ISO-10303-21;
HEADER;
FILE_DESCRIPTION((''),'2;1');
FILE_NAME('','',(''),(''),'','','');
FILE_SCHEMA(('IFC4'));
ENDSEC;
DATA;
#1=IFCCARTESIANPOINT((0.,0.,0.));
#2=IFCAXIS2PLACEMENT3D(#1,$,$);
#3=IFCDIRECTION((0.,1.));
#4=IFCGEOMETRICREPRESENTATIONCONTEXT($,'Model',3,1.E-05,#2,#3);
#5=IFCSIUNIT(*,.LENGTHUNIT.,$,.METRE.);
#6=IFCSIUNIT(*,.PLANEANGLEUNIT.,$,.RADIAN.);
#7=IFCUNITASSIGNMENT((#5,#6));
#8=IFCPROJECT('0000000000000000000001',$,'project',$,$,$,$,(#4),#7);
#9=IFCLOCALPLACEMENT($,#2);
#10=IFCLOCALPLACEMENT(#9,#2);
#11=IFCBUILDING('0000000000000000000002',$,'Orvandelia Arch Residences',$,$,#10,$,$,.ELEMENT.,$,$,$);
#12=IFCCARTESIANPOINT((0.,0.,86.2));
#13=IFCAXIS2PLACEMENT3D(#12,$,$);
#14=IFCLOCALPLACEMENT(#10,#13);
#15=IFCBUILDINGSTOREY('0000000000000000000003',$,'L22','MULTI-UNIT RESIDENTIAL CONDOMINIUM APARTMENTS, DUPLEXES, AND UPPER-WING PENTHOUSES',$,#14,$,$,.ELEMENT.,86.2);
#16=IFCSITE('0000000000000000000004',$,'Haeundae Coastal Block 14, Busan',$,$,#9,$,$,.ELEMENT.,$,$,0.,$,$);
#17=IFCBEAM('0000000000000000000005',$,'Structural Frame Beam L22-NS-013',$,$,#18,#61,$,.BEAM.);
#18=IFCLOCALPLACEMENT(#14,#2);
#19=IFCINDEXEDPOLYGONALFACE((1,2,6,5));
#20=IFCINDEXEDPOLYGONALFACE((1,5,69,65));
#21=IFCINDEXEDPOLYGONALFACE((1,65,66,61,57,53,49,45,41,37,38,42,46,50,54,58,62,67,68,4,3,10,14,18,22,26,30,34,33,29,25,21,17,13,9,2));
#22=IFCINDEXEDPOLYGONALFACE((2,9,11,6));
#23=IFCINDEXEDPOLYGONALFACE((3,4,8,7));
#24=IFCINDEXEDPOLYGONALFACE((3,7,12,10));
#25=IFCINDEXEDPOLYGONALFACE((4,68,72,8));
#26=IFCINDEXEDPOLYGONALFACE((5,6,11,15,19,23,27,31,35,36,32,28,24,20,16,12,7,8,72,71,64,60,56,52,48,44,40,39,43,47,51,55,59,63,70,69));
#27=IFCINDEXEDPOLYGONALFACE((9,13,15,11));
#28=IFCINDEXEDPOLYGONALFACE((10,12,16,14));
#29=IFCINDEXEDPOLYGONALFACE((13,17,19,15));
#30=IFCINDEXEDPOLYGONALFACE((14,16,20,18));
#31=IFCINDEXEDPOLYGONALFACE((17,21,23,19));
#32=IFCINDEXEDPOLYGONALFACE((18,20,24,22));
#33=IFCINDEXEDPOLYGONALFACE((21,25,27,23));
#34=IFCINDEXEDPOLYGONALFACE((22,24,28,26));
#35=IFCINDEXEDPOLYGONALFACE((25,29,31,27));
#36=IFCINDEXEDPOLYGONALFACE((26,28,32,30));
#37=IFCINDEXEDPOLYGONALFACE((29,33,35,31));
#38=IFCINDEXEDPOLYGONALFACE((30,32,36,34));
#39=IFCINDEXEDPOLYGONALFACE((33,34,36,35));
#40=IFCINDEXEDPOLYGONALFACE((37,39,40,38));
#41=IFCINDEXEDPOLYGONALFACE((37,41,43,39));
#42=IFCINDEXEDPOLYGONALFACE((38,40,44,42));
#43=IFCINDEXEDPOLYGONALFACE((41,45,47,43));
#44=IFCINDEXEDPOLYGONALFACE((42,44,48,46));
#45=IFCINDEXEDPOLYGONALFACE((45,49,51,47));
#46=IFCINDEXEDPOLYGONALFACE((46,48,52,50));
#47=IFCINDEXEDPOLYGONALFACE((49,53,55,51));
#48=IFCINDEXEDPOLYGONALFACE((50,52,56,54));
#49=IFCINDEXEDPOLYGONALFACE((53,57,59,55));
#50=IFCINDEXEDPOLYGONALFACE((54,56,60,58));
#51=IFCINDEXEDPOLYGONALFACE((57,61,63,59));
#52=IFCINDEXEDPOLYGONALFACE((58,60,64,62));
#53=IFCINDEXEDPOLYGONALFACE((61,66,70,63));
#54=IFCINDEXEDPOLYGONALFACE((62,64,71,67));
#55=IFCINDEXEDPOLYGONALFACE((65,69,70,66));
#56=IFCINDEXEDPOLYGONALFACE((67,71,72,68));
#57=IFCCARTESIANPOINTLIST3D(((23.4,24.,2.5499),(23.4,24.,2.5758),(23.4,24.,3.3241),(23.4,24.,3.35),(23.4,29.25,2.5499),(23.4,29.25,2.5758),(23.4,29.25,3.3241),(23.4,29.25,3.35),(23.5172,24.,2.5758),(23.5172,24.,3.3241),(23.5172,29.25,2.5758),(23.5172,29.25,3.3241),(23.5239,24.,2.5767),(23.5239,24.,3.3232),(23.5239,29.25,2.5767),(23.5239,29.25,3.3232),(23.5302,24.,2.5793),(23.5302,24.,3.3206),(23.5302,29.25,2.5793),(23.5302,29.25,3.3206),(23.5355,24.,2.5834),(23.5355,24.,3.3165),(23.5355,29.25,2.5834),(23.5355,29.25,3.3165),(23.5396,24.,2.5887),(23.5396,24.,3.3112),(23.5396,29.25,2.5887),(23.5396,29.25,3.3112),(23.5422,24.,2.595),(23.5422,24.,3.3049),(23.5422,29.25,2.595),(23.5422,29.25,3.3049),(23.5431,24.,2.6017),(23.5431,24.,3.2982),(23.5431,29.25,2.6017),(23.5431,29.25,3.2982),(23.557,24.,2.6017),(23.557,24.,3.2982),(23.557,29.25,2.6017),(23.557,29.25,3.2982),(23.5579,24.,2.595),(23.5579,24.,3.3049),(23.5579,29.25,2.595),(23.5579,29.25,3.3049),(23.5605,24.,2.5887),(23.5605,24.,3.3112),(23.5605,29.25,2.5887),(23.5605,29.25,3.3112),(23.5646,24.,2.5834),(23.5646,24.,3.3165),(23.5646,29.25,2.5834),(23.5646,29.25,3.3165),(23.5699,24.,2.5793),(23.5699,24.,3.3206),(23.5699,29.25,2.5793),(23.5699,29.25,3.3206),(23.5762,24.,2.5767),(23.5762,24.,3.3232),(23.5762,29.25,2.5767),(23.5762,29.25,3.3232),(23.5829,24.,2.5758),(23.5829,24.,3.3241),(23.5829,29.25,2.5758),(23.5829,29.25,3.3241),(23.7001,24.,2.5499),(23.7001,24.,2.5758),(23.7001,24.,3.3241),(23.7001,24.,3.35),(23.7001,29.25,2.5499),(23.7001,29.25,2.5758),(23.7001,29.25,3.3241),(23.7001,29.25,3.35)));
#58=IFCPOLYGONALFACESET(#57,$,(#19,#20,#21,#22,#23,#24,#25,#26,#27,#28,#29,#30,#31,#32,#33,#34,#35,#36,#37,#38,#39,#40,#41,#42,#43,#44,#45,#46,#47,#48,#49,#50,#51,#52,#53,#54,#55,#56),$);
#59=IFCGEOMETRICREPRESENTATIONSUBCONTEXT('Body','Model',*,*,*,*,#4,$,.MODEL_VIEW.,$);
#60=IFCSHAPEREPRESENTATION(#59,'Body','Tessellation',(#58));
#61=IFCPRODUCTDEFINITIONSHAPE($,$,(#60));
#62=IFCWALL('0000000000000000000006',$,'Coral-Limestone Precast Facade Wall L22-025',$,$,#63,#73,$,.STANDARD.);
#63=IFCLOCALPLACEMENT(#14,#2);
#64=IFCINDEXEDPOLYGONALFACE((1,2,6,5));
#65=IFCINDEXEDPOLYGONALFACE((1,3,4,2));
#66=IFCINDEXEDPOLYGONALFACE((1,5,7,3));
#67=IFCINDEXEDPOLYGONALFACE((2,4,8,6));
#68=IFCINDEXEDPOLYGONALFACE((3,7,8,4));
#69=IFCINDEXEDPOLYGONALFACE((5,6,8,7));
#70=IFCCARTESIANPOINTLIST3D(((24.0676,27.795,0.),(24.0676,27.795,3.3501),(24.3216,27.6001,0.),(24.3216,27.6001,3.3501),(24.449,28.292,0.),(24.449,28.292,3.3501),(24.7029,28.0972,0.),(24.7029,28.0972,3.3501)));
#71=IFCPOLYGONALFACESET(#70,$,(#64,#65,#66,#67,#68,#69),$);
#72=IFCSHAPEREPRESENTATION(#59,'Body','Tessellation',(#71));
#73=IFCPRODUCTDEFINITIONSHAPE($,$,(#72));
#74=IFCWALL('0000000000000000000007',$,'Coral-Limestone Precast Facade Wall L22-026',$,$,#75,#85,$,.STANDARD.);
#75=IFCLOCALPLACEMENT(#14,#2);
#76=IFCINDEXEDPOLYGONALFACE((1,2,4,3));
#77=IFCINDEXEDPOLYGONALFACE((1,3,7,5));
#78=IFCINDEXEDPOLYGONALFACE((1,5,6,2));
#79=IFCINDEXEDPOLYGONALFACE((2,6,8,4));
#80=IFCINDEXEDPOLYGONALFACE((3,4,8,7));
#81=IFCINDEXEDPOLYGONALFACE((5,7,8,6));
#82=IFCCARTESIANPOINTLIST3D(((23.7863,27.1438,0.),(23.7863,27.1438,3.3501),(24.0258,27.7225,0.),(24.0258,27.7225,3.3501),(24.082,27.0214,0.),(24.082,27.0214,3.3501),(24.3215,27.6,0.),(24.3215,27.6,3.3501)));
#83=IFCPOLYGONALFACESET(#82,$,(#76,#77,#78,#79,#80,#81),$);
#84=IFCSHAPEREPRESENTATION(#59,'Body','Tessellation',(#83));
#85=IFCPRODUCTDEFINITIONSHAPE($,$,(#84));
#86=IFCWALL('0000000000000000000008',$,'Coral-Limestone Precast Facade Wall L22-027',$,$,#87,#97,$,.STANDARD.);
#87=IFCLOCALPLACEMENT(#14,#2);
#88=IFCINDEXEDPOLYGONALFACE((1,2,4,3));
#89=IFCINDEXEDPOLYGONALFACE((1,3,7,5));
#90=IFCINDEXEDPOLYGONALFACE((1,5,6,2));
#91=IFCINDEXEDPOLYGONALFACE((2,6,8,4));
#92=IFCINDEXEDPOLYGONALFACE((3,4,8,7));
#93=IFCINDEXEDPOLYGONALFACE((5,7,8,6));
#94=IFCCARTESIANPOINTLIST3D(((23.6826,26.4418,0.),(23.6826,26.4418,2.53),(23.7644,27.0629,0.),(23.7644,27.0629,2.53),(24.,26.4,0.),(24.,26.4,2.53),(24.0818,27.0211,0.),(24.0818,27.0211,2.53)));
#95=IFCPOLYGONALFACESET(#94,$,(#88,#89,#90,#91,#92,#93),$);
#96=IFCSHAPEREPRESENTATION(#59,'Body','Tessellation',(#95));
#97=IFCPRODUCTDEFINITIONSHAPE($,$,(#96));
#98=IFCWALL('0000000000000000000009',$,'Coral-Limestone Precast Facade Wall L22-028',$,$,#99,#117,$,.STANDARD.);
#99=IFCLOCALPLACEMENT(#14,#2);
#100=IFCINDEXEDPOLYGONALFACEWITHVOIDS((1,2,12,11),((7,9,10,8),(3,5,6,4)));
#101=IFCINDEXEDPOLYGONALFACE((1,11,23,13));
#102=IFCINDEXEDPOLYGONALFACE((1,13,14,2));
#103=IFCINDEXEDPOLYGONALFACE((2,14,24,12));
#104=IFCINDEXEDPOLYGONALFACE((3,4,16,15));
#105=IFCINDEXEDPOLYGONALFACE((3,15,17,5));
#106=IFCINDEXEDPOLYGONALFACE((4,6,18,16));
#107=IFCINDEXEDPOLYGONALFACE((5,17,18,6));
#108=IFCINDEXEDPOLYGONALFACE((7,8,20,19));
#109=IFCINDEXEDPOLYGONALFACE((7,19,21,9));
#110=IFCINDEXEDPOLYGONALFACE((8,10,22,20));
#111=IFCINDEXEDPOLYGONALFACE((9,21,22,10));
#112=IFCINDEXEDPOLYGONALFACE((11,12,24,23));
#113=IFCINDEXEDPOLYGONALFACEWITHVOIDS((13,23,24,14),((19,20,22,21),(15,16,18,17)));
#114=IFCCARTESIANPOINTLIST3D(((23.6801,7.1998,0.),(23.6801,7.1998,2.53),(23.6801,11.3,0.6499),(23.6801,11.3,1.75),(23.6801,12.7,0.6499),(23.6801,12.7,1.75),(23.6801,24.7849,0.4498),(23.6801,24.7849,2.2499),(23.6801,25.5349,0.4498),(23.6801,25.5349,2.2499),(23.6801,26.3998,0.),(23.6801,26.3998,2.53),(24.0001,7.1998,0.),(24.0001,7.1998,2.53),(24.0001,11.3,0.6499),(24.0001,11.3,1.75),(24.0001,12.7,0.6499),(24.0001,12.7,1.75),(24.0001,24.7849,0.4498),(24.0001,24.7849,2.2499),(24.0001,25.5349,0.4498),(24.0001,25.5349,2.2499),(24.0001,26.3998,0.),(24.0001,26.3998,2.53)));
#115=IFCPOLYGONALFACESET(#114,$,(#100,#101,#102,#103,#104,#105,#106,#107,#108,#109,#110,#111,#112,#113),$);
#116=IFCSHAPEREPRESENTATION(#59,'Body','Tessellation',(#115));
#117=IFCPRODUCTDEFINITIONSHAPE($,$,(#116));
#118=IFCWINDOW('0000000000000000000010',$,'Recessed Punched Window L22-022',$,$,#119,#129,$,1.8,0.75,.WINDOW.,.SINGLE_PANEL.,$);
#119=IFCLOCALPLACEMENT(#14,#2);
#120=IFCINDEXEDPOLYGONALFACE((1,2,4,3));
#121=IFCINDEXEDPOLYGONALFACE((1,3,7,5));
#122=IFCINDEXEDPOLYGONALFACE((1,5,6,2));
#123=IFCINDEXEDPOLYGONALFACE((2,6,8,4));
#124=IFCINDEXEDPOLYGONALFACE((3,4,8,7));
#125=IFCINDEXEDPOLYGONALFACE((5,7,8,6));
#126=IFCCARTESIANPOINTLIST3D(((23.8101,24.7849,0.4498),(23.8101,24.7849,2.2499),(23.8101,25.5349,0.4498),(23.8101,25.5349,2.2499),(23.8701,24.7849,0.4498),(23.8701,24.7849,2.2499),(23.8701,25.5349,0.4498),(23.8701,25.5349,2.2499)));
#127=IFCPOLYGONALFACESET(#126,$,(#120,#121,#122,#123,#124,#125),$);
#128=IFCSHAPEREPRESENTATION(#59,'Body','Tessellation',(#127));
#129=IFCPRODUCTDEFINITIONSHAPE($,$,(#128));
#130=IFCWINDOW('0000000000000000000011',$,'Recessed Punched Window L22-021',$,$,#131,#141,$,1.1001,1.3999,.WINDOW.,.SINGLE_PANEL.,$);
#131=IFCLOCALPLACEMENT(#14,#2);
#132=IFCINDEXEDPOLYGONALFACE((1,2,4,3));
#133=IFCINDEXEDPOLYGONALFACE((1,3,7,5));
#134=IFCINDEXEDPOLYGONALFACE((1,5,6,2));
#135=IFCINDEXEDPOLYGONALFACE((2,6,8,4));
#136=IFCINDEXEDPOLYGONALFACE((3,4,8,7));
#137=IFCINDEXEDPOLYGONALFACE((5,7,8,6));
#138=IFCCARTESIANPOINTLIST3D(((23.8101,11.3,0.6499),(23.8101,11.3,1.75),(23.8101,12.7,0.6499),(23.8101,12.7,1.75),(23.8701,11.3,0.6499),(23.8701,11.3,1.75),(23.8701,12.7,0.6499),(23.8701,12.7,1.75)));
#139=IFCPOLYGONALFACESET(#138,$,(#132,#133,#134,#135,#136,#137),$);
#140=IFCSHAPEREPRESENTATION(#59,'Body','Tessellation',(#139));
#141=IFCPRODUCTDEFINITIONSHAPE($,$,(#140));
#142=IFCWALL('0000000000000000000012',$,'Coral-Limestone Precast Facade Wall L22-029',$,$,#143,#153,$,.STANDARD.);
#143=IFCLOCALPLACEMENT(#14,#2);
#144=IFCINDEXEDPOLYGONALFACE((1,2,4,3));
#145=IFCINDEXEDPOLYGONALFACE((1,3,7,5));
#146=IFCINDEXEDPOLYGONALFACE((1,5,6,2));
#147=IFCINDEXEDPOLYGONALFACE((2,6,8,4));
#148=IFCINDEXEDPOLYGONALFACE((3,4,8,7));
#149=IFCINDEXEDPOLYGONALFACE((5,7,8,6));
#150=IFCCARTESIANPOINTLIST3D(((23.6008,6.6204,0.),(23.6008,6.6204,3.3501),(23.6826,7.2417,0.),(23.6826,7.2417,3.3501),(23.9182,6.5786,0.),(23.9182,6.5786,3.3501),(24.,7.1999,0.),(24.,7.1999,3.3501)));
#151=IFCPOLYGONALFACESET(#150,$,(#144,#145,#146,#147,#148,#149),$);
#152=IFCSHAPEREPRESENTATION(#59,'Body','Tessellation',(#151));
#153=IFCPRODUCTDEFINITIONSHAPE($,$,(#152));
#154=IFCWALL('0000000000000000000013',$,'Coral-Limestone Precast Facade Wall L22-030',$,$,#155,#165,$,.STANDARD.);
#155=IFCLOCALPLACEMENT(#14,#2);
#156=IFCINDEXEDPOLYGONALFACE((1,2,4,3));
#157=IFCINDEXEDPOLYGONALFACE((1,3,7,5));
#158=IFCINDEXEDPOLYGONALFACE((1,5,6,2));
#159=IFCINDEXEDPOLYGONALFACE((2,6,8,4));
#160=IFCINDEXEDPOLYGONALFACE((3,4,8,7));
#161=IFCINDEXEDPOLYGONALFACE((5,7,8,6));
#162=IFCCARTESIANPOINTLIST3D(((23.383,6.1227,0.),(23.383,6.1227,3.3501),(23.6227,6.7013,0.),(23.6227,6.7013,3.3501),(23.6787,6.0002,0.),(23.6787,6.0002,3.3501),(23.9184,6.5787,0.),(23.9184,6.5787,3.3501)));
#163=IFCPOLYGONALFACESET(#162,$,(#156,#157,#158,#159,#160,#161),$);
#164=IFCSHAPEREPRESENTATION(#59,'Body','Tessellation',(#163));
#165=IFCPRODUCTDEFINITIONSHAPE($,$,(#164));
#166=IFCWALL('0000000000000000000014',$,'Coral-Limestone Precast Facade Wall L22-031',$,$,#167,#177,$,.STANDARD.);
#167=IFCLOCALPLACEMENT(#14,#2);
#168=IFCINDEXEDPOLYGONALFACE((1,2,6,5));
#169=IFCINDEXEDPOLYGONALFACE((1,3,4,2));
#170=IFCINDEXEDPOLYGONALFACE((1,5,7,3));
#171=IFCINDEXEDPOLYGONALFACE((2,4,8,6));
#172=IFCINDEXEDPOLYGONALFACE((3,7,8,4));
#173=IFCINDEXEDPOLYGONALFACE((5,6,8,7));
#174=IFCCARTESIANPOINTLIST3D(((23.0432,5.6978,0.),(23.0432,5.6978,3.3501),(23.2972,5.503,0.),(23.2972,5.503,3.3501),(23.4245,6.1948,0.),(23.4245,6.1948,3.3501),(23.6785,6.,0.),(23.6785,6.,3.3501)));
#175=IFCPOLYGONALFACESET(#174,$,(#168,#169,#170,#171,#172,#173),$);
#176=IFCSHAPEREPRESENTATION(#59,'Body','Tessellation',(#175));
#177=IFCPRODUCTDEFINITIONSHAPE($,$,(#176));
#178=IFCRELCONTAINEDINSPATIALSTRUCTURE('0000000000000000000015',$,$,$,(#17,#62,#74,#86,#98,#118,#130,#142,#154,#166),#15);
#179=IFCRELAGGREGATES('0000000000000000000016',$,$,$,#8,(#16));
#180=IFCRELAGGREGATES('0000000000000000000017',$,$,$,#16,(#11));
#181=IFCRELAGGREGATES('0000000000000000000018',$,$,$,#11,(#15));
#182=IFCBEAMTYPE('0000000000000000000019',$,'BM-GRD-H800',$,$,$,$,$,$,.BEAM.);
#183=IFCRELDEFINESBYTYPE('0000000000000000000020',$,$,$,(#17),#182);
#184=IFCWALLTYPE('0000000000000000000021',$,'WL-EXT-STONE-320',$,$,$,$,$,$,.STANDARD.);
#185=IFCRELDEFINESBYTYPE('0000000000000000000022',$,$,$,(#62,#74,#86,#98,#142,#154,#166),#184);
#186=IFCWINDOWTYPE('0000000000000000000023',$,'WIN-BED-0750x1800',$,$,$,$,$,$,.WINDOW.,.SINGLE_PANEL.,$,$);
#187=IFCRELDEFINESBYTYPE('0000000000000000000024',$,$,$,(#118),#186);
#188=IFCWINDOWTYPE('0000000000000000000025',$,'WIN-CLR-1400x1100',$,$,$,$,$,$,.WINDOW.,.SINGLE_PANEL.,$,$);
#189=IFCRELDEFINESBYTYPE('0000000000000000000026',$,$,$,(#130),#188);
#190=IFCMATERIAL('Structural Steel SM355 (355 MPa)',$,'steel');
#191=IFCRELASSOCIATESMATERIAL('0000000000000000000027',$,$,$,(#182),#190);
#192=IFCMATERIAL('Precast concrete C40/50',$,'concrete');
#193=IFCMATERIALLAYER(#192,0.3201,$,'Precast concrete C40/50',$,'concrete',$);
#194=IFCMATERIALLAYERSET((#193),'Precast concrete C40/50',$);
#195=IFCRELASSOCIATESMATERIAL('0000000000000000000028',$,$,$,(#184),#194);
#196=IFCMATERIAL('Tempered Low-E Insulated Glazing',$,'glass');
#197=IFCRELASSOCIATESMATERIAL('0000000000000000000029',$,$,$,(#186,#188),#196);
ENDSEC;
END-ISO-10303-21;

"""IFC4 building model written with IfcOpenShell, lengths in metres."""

from ifc_helpers import new_model, si_unit, direction, frame, frame_2d, origin, origin_2d, place, context, subcontext, project, spatial, rectangle, i_section, extrude, material, layer, layer_set, material_profile, profile_set, type_object, element, fill, save


model = new_model("IFC4")

# Units and contexts
model_context = context("Model", 3, precision=1e-05, world=origin(), true_north=direction((0.0, 1.0)))
body_context = subcontext(model_context, "Body", "Model", "MODEL_VIEW")
ifc_project = project(units=[si_unit("LENGTHUNIT", "METRE"), si_unit("PLANEANGLEUNIT", "RADIAN")], contexts=[model_context])

# Site, building, storey
site_placement = place(None, origin())
site = spatial("IfcSite", under=ifc_project, at=site_placement, Name="Haeundae Coastal Block 14, Busan", CompositionType="ELEMENT", RefElevation=0.0)
building_placement = place(site_placement, origin())
building = spatial("IfcBuilding", under=site, at=building_placement, Name="Orvandelia Arch Residences", CompositionType="ELEMENT")
storey_placement = place(building_placement, frame((0.0, 0.0, 86.2)))
storey = spatial("IfcBuildingStorey", under=building, at=storey_placement, Name="L22", Description="MULTI-UNIT RESIDENTIAL CONDOMINIUM APARTMENTS, DUPLEXES, AND UPPER-WING PENTHOUSES", CompositionType="ELEMENT", Elevation=86.2)

# Beam
ifc_material_1 = material(Name="Structural Steel SM355 (355 MPa)", Category="steel")
ifc_material_profile_1 = material_profile(ifc_material_1, i_section(OverallWidth=0.3, OverallDepth=0.8, WebThickness=0.0139, FlangeThickness=0.0259, FilletRadius=0.0259, at=origin_2d()), Name="Structural Steel SM355 (355 MPa)", Category="steel")
ifc_profile_set_1 = profile_set([ifc_material_profile_1], Name="Structural Steel SM355 (355 MPa)")
beam_type = type_object("IfcBeamType", Name="BM-GRD-H800", PredefinedType="BEAM", material=ifc_profile_set_1)
beam_1_placement = place(storey_placement, frame((23.55, 24.0, 2.95), z_axis=(0.0, 1.0, 0.0), x_axis=(-1.0, 0.0, 0.0)))
element("IfcBeam", 1, at=beam_1_placement, inside=storey, type_object=beam_type, Name="Structural Frame Beam L22-NS-013", PredefinedType="BEAM", context=body_context, shape_type="SweptSolid", body=[
    extrude(i_section(OverallWidth=0.3, OverallDepth=0.8, WebThickness=0.0139, FlangeThickness=0.0259, FilletRadius=0.0259, at=origin_2d()), origin(), (0.0, 0.0, 1.0), 5.25),
])

# Walls
ifc_material_2 = material(Name="Precast concrete C40/50", Category="concrete")
ifc_layer = layer(ifc_material_2, 0.3201, Name="Precast concrete C40/50", Category="concrete")
ifc_layer_set = layer_set([ifc_layer], Name="Precast concrete C40/50")
wall_type = type_object("IfcWallType", Name="WL-EXT-STONE-320", PredefinedType="STANDARD", material=ifc_layer_set)
wall_1_placement = place(storey_placement, frame((24.5759, 28.1946, 0.0), z_axis=(0.0, 0.0, 1.0), x_axis=(-0.608693, -0.793406, 0.0)))
element("IfcWall", 2, at=wall_1_placement, inside=storey, type_object=wall_type, Name="Coral-Limestone Precast Facade Wall L22-025", PredefinedType="STANDARD", context=body_context, shape_type="SweptSolid", body=[
    extrude(rectangle(XDim=0.6265, YDim=0.3201, at=frame_2d((0.3132, 0.0))), origin(), (0.0, 0.0, 1.0), 3.3501),
])
wall_2_placement = place(storey_placement, frame((24.1736, 27.6611, 0.0), z_axis=(0.0, 0.0, 1.0), x_axis=(-0.382455, -0.923974, 0.0)))
element("IfcWall", 3, at=wall_2_placement, inside=storey, type_object=wall_type, Name="Coral-Limestone Precast Facade Wall L22-026", PredefinedType="STANDARD", context=body_context, shape_type="SweptSolid", body=[
    extrude(rectangle(XDim=0.6262, YDim=0.3201, at=frame_2d((0.313, 0.0))), origin(), (0.0, 0.0, 1.0), 3.3501),
])
wall_3_placement = place(storey_placement, frame((23.9231, 27.042, 0.0), z_axis=(0.0, 0.0, 1.0), x_axis=(-0.130555, -0.991441, 0.0)))
element("IfcWall", 4, at=wall_3_placement, inside=storey, type_object=wall_type, Name="Coral-Limestone Precast Facade Wall L22-027", PredefinedType="STANDARD", context=body_context, shape_type="SweptSolid", body=[
    extrude(rectangle(XDim=0.6265, YDim=0.3201, at=frame_2d((0.3132, 0.0))), origin(), (0.0, 0.0, 1.0), 2.53),
])

# Wall, openings, windows
wall_4_placement = place(storey_placement, frame((23.8401, 26.3999, 0.0), z_axis=(0.0, 0.0, 1.0), x_axis=(0.0, -1.0, 0.0)))
wall_4 = element("IfcWall", 5, at=wall_4_placement, inside=storey, type_object=wall_type, Name="Coral-Limestone Precast Facade Wall L22-028", PredefinedType="STANDARD", context=body_context, shape_type="SweptSolid", body=[
    extrude(rectangle(XDim=19.2, YDim=0.3201, at=frame_2d((9.6001, 0.0))), origin(), (0.0, 0.0, 1.0), 2.53),
])
opening_1_placement = place(wall_4_placement, frame((13.7, 0.0, 0.6499)))
opening_1 = element("IfcOpeningElement", 6, at=opening_1_placement, cuts=wall_4, PredefinedType="OPENING", context=body_context, shape_type="SweptSolid", body=[
    extrude(rectangle(XDim=1.3999, YDim=1.1001, at=frame_2d((0.7, 0.55))), frame((0.0, 0.1699, 0.0), z_axis=(0.0, -1.0, 0.0), x_axis=(1.0, 0.0, 0.0)), (0.0, 0.0, 1.0), 0.3401),
])
opening_2_placement = place(wall_4_placement, frame((0.865, 0.0, 0.45)))
opening_2 = element("IfcOpeningElement", 7, at=opening_2_placement, cuts=wall_4, PredefinedType="OPENING", context=body_context, shape_type="SweptSolid", body=[
    extrude(rectangle(XDim=0.75, YDim=1.8, at=frame_2d((0.375, 0.8999))), frame((0.0, 0.1699, 0.0), z_axis=(0.0, -1.0, 0.0), x_axis=(1.0, 0.0, 0.0)), (0.0, 0.0, 1.0), 0.3401),
])
ifc_material_3 = material(Name="Tempered Low-E Insulated Glazing", Category="glass")
window_type_1 = type_object("IfcWindowType", Name="WIN-BED-0750x1800", PartitioningType="SINGLE_PANEL", PredefinedType="WINDOW", material=ifc_material_3)
window_1_placement = place(opening_2_placement, origin())
window_1 = element("IfcWindow", 8, at=window_1_placement, inside=storey, type_object=window_type_1, Name="Recessed Punched Window L22-022", OverallHeight=1.8, OverallWidth=0.75, PartitioningType="SINGLE_PANEL", PredefinedType="WINDOW", context=body_context, shape_type="SweptSolid", body=[
    extrude(rectangle(XDim=0.75, YDim=1.8, at=frame_2d((0.375, 0.8999))), frame((0.0, 0.03, 0.0), z_axis=(0.0, -1.0, 0.0), x_axis=(1.0, 0.0, 0.0)), (0.0, 0.0, 1.0), 0.0601),
])
fill(opening_2, window_1)
window_type_2 = type_object("IfcWindowType", Name="WIN-CLR-1400x1100", PartitioningType="SINGLE_PANEL", PredefinedType="WINDOW", material=ifc_material_3)
window_2_placement = place(opening_1_placement, origin())
window_2 = element("IfcWindow", 9, at=window_2_placement, inside=storey, type_object=window_type_2, Name="Recessed Punched Window L22-021", OverallHeight=1.1001, OverallWidth=1.3999, PartitioningType="SINGLE_PANEL", PredefinedType="WINDOW", context=body_context, shape_type="SweptSolid", body=[
    extrude(rectangle(XDim=1.3999, YDim=1.1001, at=frame_2d((0.7, 0.55))), frame((0.0, 0.03, 0.0), z_axis=(0.0, -1.0, 0.0), x_axis=(1.0, 0.0, 0.0)), (0.0, 0.0, 1.0), 0.0601),
])
fill(opening_1, window_2)

# Walls
wall_5_placement = place(storey_placement, frame((23.8413, 7.2209, 0.0), z_axis=(0.0, 0.0, 1.0), x_axis=(-0.130505, -0.991448, 0.0)))
element("IfcWall", 10, at=wall_5_placement, inside=storey, type_object=wall_type, Name="Coral-Limestone Precast Facade Wall L22-029", PredefinedType="STANDARD", context=body_context, shape_type="SweptSolid", body=[
    extrude(rectangle(XDim=0.6267, YDim=0.3201, at=frame_2d((0.3135, 0.0))), origin(), (0.0, 0.0, 1.0), 3.3501),
])
wall_6_placement = place(storey_placement, frame((23.7705, 6.6399, 0.0), z_axis=(0.0, 0.0, 1.0), x_axis=(-0.382788, -0.923836, 0.0)))
element("IfcWall", 11, at=wall_6_placement, inside=storey, type_object=wall_type, Name="Coral-Limestone Precast Facade Wall L22-030", PredefinedType="STANDARD", context=body_context, shape_type="SweptSolid", body=[
    extrude(rectangle(XDim=0.6262, YDim=0.3201, at=frame_2d((0.313, 0.0))), origin(), (0.0, 0.0, 1.0), 3.3501),
])
wall_7_placement = place(storey_placement, frame((23.5515, 6.0974, 0.0), z_axis=(0.0, 0.0, 1.0), x_axis=(-0.608693, -0.793406, 0.0)))
element("IfcWall", 12, at=wall_7_placement, inside=storey, type_object=wall_type, Name="Coral-Limestone Precast Facade Wall L22-031", PredefinedType="STANDARD", context=body_context, shape_type="SweptSolid", body=[
    extrude(rectangle(XDim=0.6265, YDim=0.3201, at=frame_2d((0.3132, 0.0))), origin(), (0.0, 0.0, 1.0), 3.3501),
])

save(model, "model.ifc")
